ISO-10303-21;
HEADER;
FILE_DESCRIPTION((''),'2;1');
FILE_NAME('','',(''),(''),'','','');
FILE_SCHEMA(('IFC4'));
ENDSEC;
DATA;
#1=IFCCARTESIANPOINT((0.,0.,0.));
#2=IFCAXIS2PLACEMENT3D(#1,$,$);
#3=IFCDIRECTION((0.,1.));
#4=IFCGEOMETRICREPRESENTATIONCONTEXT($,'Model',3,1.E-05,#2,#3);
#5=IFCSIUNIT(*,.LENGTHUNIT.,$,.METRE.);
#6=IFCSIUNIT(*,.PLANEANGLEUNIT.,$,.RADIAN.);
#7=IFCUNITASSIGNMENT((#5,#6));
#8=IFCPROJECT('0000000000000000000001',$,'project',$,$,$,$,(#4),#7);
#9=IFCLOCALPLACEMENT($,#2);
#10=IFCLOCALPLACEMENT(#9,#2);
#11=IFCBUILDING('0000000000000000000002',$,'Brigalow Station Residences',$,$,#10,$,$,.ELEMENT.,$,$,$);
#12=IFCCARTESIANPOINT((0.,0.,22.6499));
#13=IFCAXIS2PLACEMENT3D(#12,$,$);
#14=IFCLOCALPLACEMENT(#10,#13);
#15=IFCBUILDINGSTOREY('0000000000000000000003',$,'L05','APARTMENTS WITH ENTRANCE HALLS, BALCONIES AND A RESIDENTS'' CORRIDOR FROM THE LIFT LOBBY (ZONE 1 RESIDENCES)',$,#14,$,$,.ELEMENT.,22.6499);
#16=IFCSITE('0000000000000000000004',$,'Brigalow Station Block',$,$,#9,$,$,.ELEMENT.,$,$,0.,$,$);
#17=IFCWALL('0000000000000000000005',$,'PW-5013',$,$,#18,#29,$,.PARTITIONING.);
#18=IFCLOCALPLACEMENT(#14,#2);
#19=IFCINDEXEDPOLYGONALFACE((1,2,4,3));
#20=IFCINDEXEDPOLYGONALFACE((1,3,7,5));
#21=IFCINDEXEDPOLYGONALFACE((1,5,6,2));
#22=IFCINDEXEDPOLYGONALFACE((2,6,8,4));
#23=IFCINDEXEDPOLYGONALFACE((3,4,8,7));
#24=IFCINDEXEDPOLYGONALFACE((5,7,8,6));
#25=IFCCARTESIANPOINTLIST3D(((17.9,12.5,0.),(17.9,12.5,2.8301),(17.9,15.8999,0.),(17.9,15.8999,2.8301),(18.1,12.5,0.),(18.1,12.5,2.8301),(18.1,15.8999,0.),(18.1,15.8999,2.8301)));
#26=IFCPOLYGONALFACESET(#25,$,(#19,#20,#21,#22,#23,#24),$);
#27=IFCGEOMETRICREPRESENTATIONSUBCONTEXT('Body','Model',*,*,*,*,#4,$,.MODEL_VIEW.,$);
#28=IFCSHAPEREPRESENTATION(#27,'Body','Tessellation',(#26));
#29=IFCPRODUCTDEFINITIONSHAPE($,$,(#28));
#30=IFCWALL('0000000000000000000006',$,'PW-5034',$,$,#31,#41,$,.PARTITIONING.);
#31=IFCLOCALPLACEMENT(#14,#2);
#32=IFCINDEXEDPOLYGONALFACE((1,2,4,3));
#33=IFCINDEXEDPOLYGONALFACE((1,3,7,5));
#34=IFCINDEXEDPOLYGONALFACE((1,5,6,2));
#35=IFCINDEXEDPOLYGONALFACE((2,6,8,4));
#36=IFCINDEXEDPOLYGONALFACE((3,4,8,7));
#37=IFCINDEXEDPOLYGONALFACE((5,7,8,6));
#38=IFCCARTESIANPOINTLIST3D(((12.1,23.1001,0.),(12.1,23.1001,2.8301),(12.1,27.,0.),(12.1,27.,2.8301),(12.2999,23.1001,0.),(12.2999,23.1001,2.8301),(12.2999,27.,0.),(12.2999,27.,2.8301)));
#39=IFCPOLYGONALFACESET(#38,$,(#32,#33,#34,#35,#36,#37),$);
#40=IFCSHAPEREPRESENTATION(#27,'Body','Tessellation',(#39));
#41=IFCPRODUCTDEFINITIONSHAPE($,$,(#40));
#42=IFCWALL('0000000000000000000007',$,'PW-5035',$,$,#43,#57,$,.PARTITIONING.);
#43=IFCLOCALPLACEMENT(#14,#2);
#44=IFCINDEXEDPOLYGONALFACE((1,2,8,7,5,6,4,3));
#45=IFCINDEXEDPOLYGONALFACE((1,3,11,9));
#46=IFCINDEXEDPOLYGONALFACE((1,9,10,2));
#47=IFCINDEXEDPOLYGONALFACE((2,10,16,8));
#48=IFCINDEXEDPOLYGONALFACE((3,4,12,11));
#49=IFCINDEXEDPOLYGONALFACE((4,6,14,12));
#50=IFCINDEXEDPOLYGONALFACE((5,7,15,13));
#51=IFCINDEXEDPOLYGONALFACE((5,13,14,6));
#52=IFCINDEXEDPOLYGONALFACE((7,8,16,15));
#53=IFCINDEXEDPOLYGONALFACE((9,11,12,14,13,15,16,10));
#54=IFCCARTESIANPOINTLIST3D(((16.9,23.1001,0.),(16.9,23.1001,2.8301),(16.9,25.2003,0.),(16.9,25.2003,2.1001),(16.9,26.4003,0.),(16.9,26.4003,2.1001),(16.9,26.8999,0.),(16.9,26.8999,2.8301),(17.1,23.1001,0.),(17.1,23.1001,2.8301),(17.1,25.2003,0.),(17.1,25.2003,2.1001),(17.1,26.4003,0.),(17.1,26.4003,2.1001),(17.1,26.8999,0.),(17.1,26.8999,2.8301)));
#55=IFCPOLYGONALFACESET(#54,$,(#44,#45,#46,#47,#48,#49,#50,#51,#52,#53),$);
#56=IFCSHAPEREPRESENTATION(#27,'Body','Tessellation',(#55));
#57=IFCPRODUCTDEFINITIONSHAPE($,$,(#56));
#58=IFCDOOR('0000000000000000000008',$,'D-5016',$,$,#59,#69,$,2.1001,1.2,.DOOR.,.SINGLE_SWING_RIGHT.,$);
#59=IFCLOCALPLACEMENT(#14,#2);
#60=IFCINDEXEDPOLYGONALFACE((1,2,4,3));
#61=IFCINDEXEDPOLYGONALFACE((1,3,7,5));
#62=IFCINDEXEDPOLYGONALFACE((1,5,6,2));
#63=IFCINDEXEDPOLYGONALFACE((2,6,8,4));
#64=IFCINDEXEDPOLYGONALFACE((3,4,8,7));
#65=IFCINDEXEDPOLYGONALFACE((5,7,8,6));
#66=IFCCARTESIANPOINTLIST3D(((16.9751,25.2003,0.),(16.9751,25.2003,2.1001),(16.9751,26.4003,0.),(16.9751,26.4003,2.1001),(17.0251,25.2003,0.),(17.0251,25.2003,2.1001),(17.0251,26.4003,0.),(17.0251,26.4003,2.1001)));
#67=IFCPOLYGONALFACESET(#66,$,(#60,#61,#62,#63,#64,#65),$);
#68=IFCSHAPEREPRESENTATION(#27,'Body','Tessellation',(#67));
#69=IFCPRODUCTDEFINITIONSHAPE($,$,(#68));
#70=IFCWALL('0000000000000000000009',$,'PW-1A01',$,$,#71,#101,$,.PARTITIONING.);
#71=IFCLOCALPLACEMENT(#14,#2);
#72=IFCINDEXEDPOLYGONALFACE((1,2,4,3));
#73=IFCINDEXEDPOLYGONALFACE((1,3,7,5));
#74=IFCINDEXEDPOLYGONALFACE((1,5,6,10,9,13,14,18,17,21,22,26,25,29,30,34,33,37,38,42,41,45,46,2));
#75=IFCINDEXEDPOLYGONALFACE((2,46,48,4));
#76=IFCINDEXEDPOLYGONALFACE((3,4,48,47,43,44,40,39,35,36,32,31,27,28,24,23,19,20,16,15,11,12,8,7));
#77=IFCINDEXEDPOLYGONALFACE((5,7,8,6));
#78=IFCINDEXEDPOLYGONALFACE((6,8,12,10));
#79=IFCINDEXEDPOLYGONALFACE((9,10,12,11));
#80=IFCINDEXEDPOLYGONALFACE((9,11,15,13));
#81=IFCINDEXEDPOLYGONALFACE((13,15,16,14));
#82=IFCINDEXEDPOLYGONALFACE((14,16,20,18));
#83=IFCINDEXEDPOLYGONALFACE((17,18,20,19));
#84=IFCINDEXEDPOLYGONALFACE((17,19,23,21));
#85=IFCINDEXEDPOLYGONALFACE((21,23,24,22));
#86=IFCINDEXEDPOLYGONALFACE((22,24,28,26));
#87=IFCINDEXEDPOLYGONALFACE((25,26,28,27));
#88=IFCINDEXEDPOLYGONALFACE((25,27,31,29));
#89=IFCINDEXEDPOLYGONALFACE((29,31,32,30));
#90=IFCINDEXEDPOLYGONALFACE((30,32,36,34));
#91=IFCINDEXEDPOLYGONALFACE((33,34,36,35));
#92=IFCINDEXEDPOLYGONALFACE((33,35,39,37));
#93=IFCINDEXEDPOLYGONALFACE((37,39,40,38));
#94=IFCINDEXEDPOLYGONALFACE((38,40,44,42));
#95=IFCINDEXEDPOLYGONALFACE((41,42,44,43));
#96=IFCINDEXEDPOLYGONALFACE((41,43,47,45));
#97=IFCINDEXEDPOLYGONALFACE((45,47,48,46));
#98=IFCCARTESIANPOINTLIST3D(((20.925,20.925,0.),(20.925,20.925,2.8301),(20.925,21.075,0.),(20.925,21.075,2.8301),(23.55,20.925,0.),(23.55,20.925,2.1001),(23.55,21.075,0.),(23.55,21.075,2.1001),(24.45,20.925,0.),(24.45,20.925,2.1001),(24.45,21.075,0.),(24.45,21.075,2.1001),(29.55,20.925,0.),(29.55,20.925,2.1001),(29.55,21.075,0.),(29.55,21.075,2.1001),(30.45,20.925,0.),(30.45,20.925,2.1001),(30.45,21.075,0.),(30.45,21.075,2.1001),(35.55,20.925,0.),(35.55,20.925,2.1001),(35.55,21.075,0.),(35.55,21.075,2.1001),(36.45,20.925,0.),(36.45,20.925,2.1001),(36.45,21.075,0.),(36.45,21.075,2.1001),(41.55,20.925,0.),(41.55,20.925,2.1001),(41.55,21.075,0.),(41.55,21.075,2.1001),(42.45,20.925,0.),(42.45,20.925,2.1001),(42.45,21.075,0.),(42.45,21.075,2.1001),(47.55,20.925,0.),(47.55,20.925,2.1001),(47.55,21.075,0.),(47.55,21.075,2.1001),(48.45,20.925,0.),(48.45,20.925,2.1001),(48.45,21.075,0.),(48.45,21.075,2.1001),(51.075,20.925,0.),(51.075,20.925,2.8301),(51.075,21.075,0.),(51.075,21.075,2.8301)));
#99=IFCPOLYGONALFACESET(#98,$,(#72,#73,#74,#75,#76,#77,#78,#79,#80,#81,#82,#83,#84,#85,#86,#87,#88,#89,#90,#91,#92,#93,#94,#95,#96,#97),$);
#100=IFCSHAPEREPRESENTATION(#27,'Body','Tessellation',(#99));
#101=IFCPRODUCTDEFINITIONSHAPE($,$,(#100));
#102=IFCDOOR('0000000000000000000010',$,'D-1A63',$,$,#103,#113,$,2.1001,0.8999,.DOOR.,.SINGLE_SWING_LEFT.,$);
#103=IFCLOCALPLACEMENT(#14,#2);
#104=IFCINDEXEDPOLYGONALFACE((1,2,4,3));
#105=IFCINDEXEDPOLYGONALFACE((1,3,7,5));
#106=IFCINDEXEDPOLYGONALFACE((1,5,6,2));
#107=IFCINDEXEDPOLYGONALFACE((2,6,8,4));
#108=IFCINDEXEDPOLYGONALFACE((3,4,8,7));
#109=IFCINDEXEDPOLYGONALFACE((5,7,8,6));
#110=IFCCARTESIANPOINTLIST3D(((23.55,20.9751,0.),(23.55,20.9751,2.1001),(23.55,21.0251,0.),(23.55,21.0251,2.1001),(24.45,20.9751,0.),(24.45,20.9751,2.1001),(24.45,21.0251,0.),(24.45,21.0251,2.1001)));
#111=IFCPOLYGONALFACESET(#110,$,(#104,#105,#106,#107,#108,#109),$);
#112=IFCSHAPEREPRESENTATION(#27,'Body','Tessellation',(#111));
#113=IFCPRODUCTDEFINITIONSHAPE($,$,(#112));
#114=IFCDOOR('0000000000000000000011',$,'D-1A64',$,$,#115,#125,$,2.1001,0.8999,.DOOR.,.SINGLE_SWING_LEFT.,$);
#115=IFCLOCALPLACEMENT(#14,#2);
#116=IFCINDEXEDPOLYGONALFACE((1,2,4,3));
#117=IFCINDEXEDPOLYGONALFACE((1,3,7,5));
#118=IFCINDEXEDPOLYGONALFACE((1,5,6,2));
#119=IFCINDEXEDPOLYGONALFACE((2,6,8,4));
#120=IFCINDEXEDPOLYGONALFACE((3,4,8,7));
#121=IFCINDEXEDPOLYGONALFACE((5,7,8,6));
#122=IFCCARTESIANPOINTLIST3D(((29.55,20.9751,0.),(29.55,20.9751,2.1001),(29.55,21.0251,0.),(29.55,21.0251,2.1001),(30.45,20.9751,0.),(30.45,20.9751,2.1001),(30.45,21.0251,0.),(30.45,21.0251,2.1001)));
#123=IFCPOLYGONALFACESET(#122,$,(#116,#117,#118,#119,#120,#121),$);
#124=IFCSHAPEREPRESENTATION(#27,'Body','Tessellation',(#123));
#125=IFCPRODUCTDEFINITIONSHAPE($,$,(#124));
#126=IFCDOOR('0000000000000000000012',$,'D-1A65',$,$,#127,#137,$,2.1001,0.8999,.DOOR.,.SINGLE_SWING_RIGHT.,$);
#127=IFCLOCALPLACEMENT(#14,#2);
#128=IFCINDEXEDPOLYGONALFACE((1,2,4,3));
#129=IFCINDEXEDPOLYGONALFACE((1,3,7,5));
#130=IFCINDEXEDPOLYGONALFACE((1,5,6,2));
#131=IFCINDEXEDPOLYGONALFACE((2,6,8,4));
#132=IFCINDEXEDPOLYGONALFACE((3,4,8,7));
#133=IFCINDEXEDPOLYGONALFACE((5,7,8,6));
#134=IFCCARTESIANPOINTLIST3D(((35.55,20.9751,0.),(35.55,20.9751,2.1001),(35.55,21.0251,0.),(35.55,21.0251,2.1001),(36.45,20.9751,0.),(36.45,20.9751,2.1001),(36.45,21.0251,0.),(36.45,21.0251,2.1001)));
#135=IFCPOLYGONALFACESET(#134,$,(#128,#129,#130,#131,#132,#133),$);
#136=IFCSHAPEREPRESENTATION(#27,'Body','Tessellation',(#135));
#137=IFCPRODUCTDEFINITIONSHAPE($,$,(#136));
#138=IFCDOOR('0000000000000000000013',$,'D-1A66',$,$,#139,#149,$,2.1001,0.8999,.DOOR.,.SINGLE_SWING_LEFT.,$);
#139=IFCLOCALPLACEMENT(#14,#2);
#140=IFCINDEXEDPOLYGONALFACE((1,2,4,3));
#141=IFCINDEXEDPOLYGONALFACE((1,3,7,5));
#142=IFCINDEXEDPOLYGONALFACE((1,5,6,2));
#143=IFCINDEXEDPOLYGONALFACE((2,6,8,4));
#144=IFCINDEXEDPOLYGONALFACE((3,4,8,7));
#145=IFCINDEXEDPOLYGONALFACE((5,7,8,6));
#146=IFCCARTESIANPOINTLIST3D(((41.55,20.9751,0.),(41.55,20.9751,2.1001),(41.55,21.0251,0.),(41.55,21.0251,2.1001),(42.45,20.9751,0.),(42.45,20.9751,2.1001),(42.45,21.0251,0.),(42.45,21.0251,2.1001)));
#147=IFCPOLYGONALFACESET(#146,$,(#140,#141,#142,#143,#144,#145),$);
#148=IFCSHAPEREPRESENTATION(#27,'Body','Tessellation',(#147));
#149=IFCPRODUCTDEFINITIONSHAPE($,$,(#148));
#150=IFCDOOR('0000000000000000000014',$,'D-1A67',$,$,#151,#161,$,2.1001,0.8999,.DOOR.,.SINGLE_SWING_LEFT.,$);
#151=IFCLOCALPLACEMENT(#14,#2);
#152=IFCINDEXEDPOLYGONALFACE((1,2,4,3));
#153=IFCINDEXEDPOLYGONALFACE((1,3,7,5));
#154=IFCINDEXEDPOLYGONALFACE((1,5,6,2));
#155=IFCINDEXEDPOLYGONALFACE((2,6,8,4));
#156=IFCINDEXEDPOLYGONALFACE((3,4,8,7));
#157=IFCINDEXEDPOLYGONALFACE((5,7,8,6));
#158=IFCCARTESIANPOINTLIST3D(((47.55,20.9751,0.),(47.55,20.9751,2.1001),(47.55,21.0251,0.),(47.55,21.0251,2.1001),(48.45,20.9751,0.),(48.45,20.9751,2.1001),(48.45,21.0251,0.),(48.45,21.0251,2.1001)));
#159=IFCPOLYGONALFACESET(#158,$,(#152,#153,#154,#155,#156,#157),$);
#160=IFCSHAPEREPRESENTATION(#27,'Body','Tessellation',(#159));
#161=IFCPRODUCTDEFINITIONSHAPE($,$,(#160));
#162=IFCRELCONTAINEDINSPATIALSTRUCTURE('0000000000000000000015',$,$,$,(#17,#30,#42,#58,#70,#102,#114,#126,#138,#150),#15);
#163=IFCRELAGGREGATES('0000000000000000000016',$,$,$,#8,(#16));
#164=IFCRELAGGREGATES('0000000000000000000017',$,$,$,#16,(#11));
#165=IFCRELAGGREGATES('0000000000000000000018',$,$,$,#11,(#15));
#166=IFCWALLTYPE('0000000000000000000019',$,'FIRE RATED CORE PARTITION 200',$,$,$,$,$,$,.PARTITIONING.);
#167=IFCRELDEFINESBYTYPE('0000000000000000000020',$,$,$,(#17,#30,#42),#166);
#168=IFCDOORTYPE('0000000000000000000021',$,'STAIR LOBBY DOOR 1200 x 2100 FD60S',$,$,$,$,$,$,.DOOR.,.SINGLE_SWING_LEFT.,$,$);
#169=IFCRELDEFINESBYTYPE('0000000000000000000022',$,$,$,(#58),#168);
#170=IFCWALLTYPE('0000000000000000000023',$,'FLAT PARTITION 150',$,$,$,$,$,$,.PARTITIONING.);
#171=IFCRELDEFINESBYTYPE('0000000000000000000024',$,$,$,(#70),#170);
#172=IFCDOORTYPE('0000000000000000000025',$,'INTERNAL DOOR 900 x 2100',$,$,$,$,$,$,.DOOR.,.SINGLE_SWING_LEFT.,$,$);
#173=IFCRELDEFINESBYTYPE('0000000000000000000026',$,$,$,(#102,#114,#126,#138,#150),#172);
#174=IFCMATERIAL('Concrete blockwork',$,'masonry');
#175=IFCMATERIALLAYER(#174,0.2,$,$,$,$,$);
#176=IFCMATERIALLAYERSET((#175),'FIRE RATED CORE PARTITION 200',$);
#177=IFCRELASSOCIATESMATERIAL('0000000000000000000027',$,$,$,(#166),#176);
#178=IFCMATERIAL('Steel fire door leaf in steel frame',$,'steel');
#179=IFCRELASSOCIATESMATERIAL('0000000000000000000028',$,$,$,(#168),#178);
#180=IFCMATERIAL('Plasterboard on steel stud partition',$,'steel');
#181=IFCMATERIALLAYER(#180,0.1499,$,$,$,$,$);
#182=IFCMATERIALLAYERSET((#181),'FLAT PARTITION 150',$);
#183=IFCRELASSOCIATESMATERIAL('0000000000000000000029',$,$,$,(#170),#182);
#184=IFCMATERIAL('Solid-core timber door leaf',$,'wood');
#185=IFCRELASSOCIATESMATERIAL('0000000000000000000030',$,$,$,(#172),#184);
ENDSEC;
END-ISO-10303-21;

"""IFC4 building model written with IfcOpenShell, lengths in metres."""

from ifc_helpers import new_model, si_unit, direction, frame, frame_2d, origin, place, context, subcontext, project, spatial, rectangle, extrude, material, layer, layer_set, type_object, element, fill, save


model = new_model("IFC4")

# Units and contexts
model_context = context("Model", 3, precision=1e-05, world=origin(), true_north=direction((0.0, 1.0)))
body_context = subcontext(model_context, "Body", "Model", "MODEL_VIEW")
ifc_project = project(units=[si_unit("LENGTHUNIT", "METRE"), si_unit("PLANEANGLEUNIT", "RADIAN")], contexts=[model_context])

# Site, building, storey
site_placement = place(None, origin())
site = spatial("IfcSite", under=ifc_project, at=site_placement, Name="Brigalow Station Block", CompositionType="ELEMENT", RefElevation=0.0)
building_placement = place(site_placement, origin())
building = spatial("IfcBuilding", under=site, at=building_placement, Name="Brigalow Station Residences", CompositionType="ELEMENT")
storey_placement = place(building_placement, frame((0.0, 0.0, 22.6499)))
storey = spatial("IfcBuildingStorey", under=building, at=storey_placement, Name="L05", Description="APARTMENTS WITH ENTRANCE HALLS, BALCONIES AND A RESIDENTS' CORRIDOR FROM THE LIFT LOBBY (ZONE 1 RESIDENCES)", CompositionType="ELEMENT", Elevation=22.6499)

# Walls
ifc_material_1 = material(Name="Concrete blockwork", Category="masonry")
ifc_layer_1 = layer(ifc_material_1, 0.2)
ifc_layer_set_1 = layer_set([ifc_layer_1], Name="FIRE RATED CORE PARTITION 200")
wall_type_1 = type_object("IfcWallType", Name="FIRE RATED CORE PARTITION 200", PredefinedType="PARTITIONING", material=ifc_layer_set_1)
wall_1_placement = place(storey_placement, frame((18.0, 12.5, 0.0), z_axis=(0.0, 0.0, 1.0), x_axis=(0.0, 1.0, 0.0)))
element("IfcWall", 1, at=wall_1_placement, inside=storey, type_object=wall_type_1, Name="PW-5013", PredefinedType="PARTITIONING", context=body_context, shape_type="SweptSolid", body=[
    extrude(rectangle(XDim=3.3999, YDim=0.2, at=frame_2d((1.7, 0.0))), origin(), (0.0, 0.0, 1.0), 2.8301),
])
wall_2_placement = place(storey_placement, frame((12.2, 23.1001, 0.0), z_axis=(0.0, 0.0, 1.0), x_axis=(0.0, 1.0, 0.0)))
element("IfcWall", 2, at=wall_2_placement, inside=storey, type_object=wall_type_1, Name="PW-5034", PredefinedType="PARTITIONING", context=body_context, shape_type="SweptSolid", body=[
    extrude(rectangle(XDim=3.8999, YDim=0.2, at=frame_2d((1.95, 0.0))), origin(), (0.0, 0.0, 1.0), 2.8301),
])

# Wall, opening, door
wall_3_placement = place(storey_placement, frame((17.0, 23.1001, 0.0), z_axis=(0.0, 0.0, 1.0), x_axis=(0.0, 1.0, 0.0)))
wall_3 = element("IfcWall", 3, at=wall_3_placement, inside=storey, type_object=wall_type_1, Name="PW-5035", PredefinedType="PARTITIONING", context=body_context, shape_type="SweptSolid", body=[
    extrude(rectangle(XDim=3.7998, YDim=0.2, at=frame_2d((1.8999, 0.0))), origin(), (0.0, 0.0, 1.0), 2.8301),
])
opening_1_placement = place(wall_3_placement, frame((2.1001, 0.0, 0.0)))
opening_1 = element("IfcOpeningElement", 4, at=opening_1_placement, cuts=wall_3, PredefinedType="OPENING", context=body_context, shape_type="SweptSolid", body=[
    extrude(rectangle(XDim=1.2, YDim=2.1001, at=frame_2d((0.6001, 1.05))), frame((0.0, 0.1099, 0.0), z_axis=(0.0, -1.0, 0.0), x_axis=(1.0, 0.0, 0.0)), (0.0, 0.0, 1.0), 0.22),
])
ifc_material_2 = material(Name="Steel fire door leaf in steel frame", Category="steel")
door_type_1 = type_object("IfcDoorType", Name="STAIR LOBBY DOOR 1200 x 2100 FD60S", OperationType="SINGLE_SWING_LEFT", PredefinedType="DOOR", material=ifc_material_2)
door_1_placement = place(opening_1_placement, origin())
door_1 = element("IfcDoor", 5, at=door_1_placement, inside=storey, type_object=door_type_1, Name="D-5016", OperationType="SINGLE_SWING_RIGHT", OverallHeight=2.1001, OverallWidth=1.2, PredefinedType="DOOR", context=body_context, shape_type="SweptSolid", body=[
    extrude(rectangle(XDim=1.2, YDim=2.1001, at=frame_2d((0.6001, 1.05))), frame((0.0, 0.0249, 0.0), z_axis=(0.0, -1.0, 0.0), x_axis=(1.0, 0.0, 0.0)), (0.0, 0.0, 1.0), 0.05),
])
fill(opening_1, door_1)

# Wall, openings, doors
ifc_material_3 = material(Name="Plasterboard on steel stud partition", Category="steel")
ifc_layer_2 = layer(ifc_material_3, 0.1499)
ifc_layer_set_2 = layer_set([ifc_layer_2], Name="FLAT PARTITION 150")
wall_type_2 = type_object("IfcWallType", Name="FLAT PARTITION 150", PredefinedType="PARTITIONING", material=ifc_layer_set_2)
wall_4_placement = place(storey_placement, frame((20.925, 21.0, 0.0), z_axis=(0.0, 0.0, 1.0), x_axis=(1.0, 0.0, 0.0)))
wall_4 = element("IfcWall", 6, at=wall_4_placement, inside=storey, type_object=wall_type_2, Name="PW-1A01", PredefinedType="PARTITIONING", context=body_context, shape_type="SweptSolid", body=[
    extrude(rectangle(XDim=30.1499, YDim=0.1499, at=frame_2d((15.075, 0.0))), origin(), (0.0, 0.0, 1.0), 2.8301),
])
opening_2_placement = place(wall_4_placement, frame((2.625, 0.0, 0.0)))
opening_2 = element("IfcOpeningElement", 7, at=opening_2_placement, cuts=wall_4, PredefinedType="OPENING", context=body_context, shape_type="SweptSolid", body=[
    extrude(rectangle(XDim=0.8999, YDim=2.1001, at=frame_2d((0.45, 1.05))), frame((0.0, 0.085, 0.0), z_axis=(0.0, -1.0, 0.0), x_axis=(1.0, 0.0, 0.0)), (0.0, 0.0, 1.0), 0.1699),
])
opening_3_placement = place(wall_4_placement, frame((8.625, 0.0, 0.0)))
opening_3 = element("IfcOpeningElement", 8, at=opening_3_placement, cuts=wall_4, PredefinedType="OPENING", context=body_context, shape_type="SweptSolid", body=[
    extrude(rectangle(XDim=0.8999, YDim=2.1001, at=frame_2d((0.45, 1.05))), frame((0.0, 0.085, 0.0), z_axis=(0.0, -1.0, 0.0), x_axis=(1.0, 0.0, 0.0)), (0.0, 0.0, 1.0), 0.1699),
])
opening_4_placement = place(wall_4_placement, frame((14.625, 0.0, 0.0)))
opening_4 = element("IfcOpeningElement", 9, at=opening_4_placement, cuts=wall_4, PredefinedType="OPENING", context=body_context, shape_type="SweptSolid", body=[
    extrude(rectangle(XDim=0.8999, YDim=2.1001, at=frame_2d((0.45, 1.05))), frame((0.0, 0.085, 0.0), z_axis=(0.0, -1.0, 0.0), x_axis=(1.0, 0.0, 0.0)), (0.0, 0.0, 1.0), 0.1699),
])
opening_5_placement = place(wall_4_placement, frame((20.625, 0.0, 0.0)))
opening_5 = element("IfcOpeningElement", 10, at=opening_5_placement, cuts=wall_4, PredefinedType="OPENING", context=body_context, shape_type="SweptSolid", body=[
    extrude(rectangle(XDim=0.8999, YDim=2.1001, at=frame_2d((0.45, 1.05))), frame((0.0, 0.085, 0.0), z_axis=(0.0, -1.0, 0.0), x_axis=(1.0, 0.0, 0.0)), (0.0, 0.0, 1.0), 0.1699),
])
opening_6_placement = place(wall_4_placement, frame((26.625, 0.0, 0.0)))
opening_6 = element("IfcOpeningElement", 11, at=opening_6_placement, cuts=wall_4, PredefinedType="OPENING", context=body_context, shape_type="SweptSolid", body=[
    extrude(rectangle(XDim=0.8999, YDim=2.1001, at=frame_2d((0.45, 1.05))), frame((0.0, 0.085, 0.0), z_axis=(0.0, -1.0, 0.0), x_axis=(1.0, 0.0, 0.0)), (0.0, 0.0, 1.0), 0.1699),
])
ifc_material_4 = material(Name="Solid-core timber door leaf", Category="wood")
door_type_2 = type_object("IfcDoorType", Name="INTERNAL DOOR 900 x 2100", OperationType="SINGLE_SWING_LEFT", PredefinedType="DOOR", material=ifc_material_4)
door_2_placement = place(opening_2_placement, frame((0.8999, 0.0, 0.0), z_axis=(0.0, 0.0, 1.0), x_axis=(-1.0, 0.0, 0.0)))
door_2 = element("IfcDoor", 12, at=door_2_placement, inside=storey, type_object=door_type_2, Name="D-1A63", OperationType="SINGLE_SWING_LEFT", OverallHeight=2.1001, OverallWidth=0.8999, PredefinedType="DOOR", context=body_context, shape_type="SweptSolid", body=[
    extrude(rectangle(XDim=0.8999, YDim=2.1001, at=frame_2d((0.45, 1.05))), frame((0.0, 0.0249, 0.0), z_axis=(0.0, -1.0, 0.0), x_axis=(1.0, 0.0, 0.0)), (0.0, 0.0, 1.0), 0.05),
])
fill(opening_2, door_2)
door_3_placement = place(opening_3_placement, frame((0.8999, 0.0, 0.0), z_axis=(0.0, 0.0, 1.0), x_axis=(-1.0, 0.0, 0.0)))
door_3 = element("IfcDoor", 13, at=door_3_placement, inside=storey, type_object=door_type_2, Name="D-1A64", OperationType="SINGLE_SWING_LEFT", OverallHeight=2.1001, OverallWidth=0.8999, PredefinedType="DOOR", context=body_context, shape_type="SweptSolid", body=[
    extrude(rectangle(XDim=0.8999, YDim=2.1001, at=frame_2d((0.45, 1.05))), frame((0.0, 0.0249, 0.0), z_axis=(0.0, -1.0, 0.0), x_axis=(1.0, 0.0, 0.0)), (0.0, 0.0, 1.0), 0.05),
])
fill(opening_3, door_3)
door_4_placement = place(opening_4_placement, frame((0.8999, 0.0, 0.0), z_axis=(0.0, 0.0, 1.0), x_axis=(-1.0, 0.0, 0.0)))
door_4 = element("IfcDoor", 14, at=door_4_placement, inside=storey, type_object=door_type_2, Name="D-1A65", OperationType="SINGLE_SWING_RIGHT", OverallHeight=2.1001, OverallWidth=0.8999, PredefinedType="DOOR", context=body_context, shape_type="SweptSolid", body=[
    extrude(rectangle(XDim=0.8999, YDim=2.1001, at=frame_2d((0.45, 1.05))), frame((0.0, 0.0249, 0.0), z_axis=(0.0, -1.0, 0.0), x_axis=(1.0, 0.0, 0.0)), (0.0, 0.0, 1.0), 0.05),
])
fill(opening_4, door_4)
door_5_placement = place(opening_5_placement, frame((0.8999, 0.0, 0.0), z_axis=(0.0, 0.0, 1.0), x_axis=(-1.0, 0.0, 0.0)))
door_5 = element("IfcDoor", 15, at=door_5_placement, inside=storey, type_object=door_type_2, Name="D-1A66", OperationType="SINGLE_SWING_LEFT", OverallHeight=2.1001, OverallWidth=0.8999, PredefinedType="DOOR", context=body_context, shape_type="SweptSolid", body=[
    extrude(rectangle(XDim=0.8999, YDim=2.1001, at=frame_2d((0.45, 1.05))), frame((0.0, 0.0249, 0.0), z_axis=(0.0, -1.0, 0.0), x_axis=(1.0, 0.0, 0.0)), (0.0, 0.0, 1.0), 0.05),
])
fill(opening_5, door_5)
door_6_placement = place(opening_6_placement, frame((0.8999, 0.0, 0.0), z_axis=(0.0, 0.0, 1.0), x_axis=(-1.0, 0.0, 0.0)))
door_6 = element("IfcDoor", 16, at=door_6_placement, inside=storey, type_object=door_type_2, Name="D-1A67", OperationType="SINGLE_SWING_LEFT", OverallHeight=2.1001, OverallWidth=0.8999, PredefinedType="DOOR", context=body_context, shape_type="SweptSolid", body=[
    extrude(rectangle(XDim=0.8999, YDim=2.1001, at=frame_2d((0.45, 1.05))), frame((0.0, 0.0249, 0.0), z_axis=(0.0, -1.0, 0.0), x_axis=(1.0, 0.0, 0.0)), (0.0, 0.0, 1.0), 0.05),
])
fill(opening_6, door_6)

save(model, "model.ifc")
